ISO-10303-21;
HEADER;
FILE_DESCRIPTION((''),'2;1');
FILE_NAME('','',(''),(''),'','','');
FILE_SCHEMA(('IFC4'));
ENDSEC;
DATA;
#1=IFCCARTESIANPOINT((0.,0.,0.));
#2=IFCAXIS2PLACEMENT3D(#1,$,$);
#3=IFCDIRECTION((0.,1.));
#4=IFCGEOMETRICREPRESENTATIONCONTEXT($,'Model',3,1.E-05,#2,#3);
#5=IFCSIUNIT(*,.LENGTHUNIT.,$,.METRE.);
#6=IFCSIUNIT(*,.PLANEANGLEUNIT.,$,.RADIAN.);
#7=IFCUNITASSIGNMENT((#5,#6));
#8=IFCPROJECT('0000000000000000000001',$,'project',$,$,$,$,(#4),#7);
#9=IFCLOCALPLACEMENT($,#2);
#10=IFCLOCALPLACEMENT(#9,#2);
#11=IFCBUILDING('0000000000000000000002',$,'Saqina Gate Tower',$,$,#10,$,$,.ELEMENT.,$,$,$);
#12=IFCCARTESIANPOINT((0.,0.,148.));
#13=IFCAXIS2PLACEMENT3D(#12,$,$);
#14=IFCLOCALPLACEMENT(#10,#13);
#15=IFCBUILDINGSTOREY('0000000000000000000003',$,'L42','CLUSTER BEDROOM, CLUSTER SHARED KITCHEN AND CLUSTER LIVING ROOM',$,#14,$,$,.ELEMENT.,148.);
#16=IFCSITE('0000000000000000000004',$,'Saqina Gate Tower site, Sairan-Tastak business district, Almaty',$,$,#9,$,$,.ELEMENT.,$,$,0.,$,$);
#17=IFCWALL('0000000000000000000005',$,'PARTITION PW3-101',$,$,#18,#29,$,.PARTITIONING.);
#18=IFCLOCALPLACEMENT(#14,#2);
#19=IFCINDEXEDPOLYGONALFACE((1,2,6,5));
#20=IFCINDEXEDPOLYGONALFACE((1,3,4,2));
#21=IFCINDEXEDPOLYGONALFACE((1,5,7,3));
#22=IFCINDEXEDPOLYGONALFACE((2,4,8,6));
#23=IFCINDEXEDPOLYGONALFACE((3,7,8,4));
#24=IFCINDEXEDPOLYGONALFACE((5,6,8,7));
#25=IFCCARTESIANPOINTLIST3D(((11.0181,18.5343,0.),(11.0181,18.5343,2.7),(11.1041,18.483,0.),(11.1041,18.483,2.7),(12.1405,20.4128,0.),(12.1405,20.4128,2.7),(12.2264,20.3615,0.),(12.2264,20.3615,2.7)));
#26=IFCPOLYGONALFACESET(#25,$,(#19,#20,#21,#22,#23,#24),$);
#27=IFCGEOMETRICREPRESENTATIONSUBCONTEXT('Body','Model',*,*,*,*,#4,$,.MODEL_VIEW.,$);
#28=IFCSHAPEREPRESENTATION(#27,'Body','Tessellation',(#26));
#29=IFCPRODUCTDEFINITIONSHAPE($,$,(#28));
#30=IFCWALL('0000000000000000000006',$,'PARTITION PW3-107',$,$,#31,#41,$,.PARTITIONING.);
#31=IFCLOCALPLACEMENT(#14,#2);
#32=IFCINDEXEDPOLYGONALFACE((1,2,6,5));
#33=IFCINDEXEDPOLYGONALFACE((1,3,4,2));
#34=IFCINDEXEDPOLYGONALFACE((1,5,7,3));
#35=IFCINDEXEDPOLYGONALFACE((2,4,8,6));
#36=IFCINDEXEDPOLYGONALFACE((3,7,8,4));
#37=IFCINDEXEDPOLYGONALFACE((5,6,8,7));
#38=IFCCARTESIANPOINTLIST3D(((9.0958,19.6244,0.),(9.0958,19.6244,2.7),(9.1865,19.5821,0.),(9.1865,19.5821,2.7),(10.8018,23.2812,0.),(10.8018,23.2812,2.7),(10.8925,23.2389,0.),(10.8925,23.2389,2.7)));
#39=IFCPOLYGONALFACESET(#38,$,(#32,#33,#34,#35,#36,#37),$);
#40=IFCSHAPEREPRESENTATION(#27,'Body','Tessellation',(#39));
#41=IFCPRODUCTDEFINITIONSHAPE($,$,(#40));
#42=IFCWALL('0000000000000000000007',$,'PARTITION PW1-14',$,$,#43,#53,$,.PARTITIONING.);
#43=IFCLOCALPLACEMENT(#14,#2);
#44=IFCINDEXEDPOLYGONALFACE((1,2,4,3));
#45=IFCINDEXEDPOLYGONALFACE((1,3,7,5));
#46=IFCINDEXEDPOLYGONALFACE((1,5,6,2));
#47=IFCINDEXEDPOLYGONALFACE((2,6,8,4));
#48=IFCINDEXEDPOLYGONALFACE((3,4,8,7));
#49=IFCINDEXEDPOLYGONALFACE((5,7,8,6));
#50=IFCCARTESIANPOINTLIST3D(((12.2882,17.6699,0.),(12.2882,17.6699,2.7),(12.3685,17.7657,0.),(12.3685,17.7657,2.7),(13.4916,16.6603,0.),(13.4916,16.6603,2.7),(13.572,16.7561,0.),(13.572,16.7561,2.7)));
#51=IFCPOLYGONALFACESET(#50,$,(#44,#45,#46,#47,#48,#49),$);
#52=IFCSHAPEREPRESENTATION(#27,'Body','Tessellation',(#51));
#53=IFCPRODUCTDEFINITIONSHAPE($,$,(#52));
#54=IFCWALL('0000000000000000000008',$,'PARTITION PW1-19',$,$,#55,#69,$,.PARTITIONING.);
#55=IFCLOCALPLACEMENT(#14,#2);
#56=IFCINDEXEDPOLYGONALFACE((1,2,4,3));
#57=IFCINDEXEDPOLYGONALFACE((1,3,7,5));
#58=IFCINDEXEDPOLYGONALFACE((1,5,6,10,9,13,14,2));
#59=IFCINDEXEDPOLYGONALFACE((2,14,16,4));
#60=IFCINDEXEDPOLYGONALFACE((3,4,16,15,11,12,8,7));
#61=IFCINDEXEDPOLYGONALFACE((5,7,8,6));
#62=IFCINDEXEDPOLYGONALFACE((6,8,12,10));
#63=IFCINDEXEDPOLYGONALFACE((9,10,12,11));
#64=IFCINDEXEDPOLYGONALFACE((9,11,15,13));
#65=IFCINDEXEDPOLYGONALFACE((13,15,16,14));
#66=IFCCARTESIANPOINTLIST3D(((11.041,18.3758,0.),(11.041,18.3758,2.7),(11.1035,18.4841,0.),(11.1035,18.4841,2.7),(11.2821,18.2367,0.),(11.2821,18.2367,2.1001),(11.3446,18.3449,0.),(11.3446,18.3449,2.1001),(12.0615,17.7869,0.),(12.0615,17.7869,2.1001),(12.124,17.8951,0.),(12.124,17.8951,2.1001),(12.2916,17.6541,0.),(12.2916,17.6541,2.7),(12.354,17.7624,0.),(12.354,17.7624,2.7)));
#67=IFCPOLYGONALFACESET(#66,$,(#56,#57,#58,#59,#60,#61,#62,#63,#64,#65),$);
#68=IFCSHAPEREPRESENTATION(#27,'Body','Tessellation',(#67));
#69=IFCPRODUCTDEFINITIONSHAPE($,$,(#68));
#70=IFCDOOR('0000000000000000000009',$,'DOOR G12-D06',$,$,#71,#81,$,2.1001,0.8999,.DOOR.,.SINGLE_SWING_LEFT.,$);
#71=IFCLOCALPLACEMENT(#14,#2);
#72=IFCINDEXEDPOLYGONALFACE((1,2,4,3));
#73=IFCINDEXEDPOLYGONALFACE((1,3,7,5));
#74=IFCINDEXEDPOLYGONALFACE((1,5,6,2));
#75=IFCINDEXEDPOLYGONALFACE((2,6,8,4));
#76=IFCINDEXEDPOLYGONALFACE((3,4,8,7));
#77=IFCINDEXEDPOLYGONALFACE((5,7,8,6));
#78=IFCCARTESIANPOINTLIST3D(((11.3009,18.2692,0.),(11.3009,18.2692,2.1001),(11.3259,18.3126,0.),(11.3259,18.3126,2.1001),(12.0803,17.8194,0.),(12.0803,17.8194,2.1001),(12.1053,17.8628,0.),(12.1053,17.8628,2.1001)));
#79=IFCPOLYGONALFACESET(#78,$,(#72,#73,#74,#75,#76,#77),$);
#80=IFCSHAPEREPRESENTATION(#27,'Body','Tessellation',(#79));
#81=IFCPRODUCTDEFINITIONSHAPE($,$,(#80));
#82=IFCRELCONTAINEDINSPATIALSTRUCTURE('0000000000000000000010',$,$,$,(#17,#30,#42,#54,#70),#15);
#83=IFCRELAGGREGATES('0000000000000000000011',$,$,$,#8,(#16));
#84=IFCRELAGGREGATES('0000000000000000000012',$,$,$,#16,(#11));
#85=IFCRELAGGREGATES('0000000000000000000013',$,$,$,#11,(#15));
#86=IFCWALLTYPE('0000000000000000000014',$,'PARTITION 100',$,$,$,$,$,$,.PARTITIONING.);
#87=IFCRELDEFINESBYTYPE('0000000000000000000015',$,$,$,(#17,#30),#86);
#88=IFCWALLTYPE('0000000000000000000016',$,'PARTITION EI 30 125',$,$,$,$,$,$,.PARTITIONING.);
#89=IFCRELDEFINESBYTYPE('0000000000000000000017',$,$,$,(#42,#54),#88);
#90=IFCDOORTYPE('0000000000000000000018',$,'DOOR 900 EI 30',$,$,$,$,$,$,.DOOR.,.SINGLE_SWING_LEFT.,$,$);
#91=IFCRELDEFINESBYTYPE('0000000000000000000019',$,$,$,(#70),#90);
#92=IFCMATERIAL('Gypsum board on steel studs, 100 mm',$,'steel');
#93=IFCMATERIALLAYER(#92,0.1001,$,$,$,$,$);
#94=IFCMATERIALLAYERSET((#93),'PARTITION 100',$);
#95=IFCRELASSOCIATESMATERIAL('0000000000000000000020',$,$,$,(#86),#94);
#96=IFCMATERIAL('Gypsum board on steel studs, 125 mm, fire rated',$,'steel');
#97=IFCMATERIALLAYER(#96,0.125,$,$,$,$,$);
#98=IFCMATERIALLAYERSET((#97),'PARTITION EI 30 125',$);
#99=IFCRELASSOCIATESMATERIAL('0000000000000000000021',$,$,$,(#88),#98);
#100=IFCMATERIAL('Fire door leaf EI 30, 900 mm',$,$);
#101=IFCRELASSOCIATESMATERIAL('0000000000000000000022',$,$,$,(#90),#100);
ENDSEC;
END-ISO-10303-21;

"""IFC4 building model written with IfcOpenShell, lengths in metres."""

from ifc_helpers import new_model, si_unit, direction, frame, frame_2d, origin, place, context, subcontext, project, spatial, rectangle, extrude, material, layer, layer_set, type_object, element, fill, save


model = new_model("IFC4")

# Units and contexts
model_context = context("Model", 3, precision=1e-05, world=origin(), true_north=direction((0.0, 1.0)))
body_context = subcontext(model_context, "Body", "Model", "MODEL_VIEW")
ifc_project = project(units=[si_unit("LENGTHUNIT", "METRE"), si_unit("PLANEANGLEUNIT", "RADIAN")], contexts=[model_context])

# Site, building, storey
site_placement = place(None, origin())
site = spatial("IfcSite", under=ifc_project, at=site_placement, Name="Saqina Gate Tower site, Sairan-Tastak business district, Almaty", CompositionType="ELEMENT", RefElevation=0.0)
building_placement = place(site_placement, origin())
building = spatial("IfcBuilding", under=site, at=building_placement, Name="Saqina Gate Tower", CompositionType="ELEMENT")
storey_placement = place(building_placement, frame((0.0, 0.0, 148.0)))
storey = spatial("IfcBuildingStorey", under=building, at=storey_placement, Name="L42", Description="CLUSTER BEDROOM, CLUSTER SHARED KITCHEN AND CLUSTER LIVING ROOM", CompositionType="ELEMENT", Elevation=148.0)

# Shared definitions
ifc_material_1 = material(Name="Gypsum board on steel studs, 100 mm", Category="steel")
ifc_layer_1 = layer(ifc_material_1, 0.1001)
ifc_layer_set_1 = layer_set([ifc_layer_1], Name="PARTITION 100")
wall_type_1 = type_object("IfcWallType", Name="PARTITION 100", PredefinedType="PARTITIONING", material=ifc_layer_set_1)

# Walls
wall_1_placement = place(storey_placement, frame((11.061, 18.5085, 0.0), z_axis=(0.0, 0.0, 1.0), x_axis=(0.512903, 0.858446, 0.0)))
element("IfcWall", 1, at=wall_1_placement, inside=storey, type_object=wall_type_1, Name="PARTITION PW3-101", PredefinedType="PARTITIONING", context=body_context, shape_type="SweptSolid", body=[
    extrude(rectangle(XDim=2.1882, YDim=0.1001, at=frame_2d((1.0942, 0.0))), origin(), (0.0, 0.0, 1.0), 2.7),
])
wall_2_placement = place(storey_placement, frame((9.1411, 19.6033, 0.0), z_axis=(0.0, 0.0, 1.0), x_axis=(0.422799, 0.906223, 0.0)))
element("IfcWall", 2, at=wall_2_placement, inside=storey, type_object=wall_type_1, Name="PARTITION PW3-107", PredefinedType="PARTITIONING", context=body_context, shape_type="SweptSolid", body=[
    extrude(rectangle(XDim=4.0352, YDim=0.1001, at=frame_2d((2.0176, 0.0))), origin(), (0.0, 0.0, 1.0), 2.7),
])
ifc_material_2 = material(Name="Gypsum board on steel studs, 125 mm, fire rated", Category="steel")
ifc_layer_2 = layer(ifc_material_2, 0.125)
ifc_layer_set_2 = layer_set([ifc_layer_2], Name="PARTITION EI 30 125")
wall_type_2 = type_object("IfcWallType", Name="PARTITION EI 30 125", PredefinedType="PARTITIONING", material=ifc_layer_set_2)
wall_3_placement = place(storey_placement, frame((12.3284, 17.7178, 0.0), z_axis=(0.0, 0.0, 1.0), x_axis=(0.766115, -0.642704, 0.0)))
element("IfcWall", 3, at=wall_3_placement, inside=storey, type_object=wall_type_2, Name="PARTITION PW1-14", PredefinedType="PARTITIONING", context=body_context, shape_type="SweptSolid", body=[
    extrude(rectangle(XDim=1.5708, YDim=0.125, at=frame_2d((0.7854, 0.0))), origin(), (0.0, 0.0, 1.0), 2.7),
])

# Wall, opening, door
wall_4_placement = place(storey_placement, frame((11.0723, 18.4299, 0.0), z_axis=(0.0, 0.0, 1.0), x_axis=(0.866112, -0.499849, 0.0)))
wall_4 = element("IfcWall", 4, at=wall_4_placement, inside=storey, type_object=wall_type_2, Name="PARTITION PW1-19", PredefinedType="PARTITIONING", context=body_context, shape_type="SweptSolid", body=[
    extrude(rectangle(XDim=1.4438, YDim=0.125, at=frame_2d((0.7219, 0.0))), origin(), (0.0, 0.0, 1.0), 2.7),
])
opening_1_placement = place(wall_4_placement, frame((0.2783, 0.0, 0.0)))
opening_1 = element("IfcOpeningElement", 5, at=opening_1_placement, cuts=wall_4, PredefinedType="OPENING", context=body_context, shape_type="SweptSolid", body=[
    extrude(rectangle(XDim=0.8999, YDim=2.1001, at=frame_2d((0.45, 1.05))), frame((0.0, 0.0745, 0.0), z_axis=(0.0, -1.0, 0.0), x_axis=(1.0, 0.0, 0.0)), (0.0, 0.0, 1.0), 0.1489),
])
ifc_material_3 = material(Name="Fire door leaf EI 30, 900 mm")
door_type_1 = type_object("IfcDoorType", Name="DOOR 900 EI 30", OperationType="SINGLE_SWING_LEFT", PredefinedType="DOOR", material=ifc_material_3)
door_1_placement = place(opening_1_placement, frame((0.8999, 0.0, 0.0), z_axis=(0.0, 0.0, 1.0), x_axis=(-1.0, 0.0, 0.0)))
door_1 = element("IfcDoor", 6, at=door_1_placement, inside=storey, type_object=door_type_1, Name="DOOR G12-D06", OperationType="SINGLE_SWING_LEFT", OverallHeight=2.1001, OverallWidth=0.8999, PredefinedType="DOOR", context=body_context, shape_type="SweptSolid", body=[
    extrude(rectangle(XDim=0.8999, YDim=2.1001, at=frame_2d((0.45, 1.05))), frame((0.0, 0.0249, 0.0), z_axis=(0.0, -1.0, 0.0), x_axis=(1.0, 0.0, 0.0)), (0.0, 0.0, 1.0), 0.05),
])
fill(opening_1, door_1)

save(model, "model.ifc")
